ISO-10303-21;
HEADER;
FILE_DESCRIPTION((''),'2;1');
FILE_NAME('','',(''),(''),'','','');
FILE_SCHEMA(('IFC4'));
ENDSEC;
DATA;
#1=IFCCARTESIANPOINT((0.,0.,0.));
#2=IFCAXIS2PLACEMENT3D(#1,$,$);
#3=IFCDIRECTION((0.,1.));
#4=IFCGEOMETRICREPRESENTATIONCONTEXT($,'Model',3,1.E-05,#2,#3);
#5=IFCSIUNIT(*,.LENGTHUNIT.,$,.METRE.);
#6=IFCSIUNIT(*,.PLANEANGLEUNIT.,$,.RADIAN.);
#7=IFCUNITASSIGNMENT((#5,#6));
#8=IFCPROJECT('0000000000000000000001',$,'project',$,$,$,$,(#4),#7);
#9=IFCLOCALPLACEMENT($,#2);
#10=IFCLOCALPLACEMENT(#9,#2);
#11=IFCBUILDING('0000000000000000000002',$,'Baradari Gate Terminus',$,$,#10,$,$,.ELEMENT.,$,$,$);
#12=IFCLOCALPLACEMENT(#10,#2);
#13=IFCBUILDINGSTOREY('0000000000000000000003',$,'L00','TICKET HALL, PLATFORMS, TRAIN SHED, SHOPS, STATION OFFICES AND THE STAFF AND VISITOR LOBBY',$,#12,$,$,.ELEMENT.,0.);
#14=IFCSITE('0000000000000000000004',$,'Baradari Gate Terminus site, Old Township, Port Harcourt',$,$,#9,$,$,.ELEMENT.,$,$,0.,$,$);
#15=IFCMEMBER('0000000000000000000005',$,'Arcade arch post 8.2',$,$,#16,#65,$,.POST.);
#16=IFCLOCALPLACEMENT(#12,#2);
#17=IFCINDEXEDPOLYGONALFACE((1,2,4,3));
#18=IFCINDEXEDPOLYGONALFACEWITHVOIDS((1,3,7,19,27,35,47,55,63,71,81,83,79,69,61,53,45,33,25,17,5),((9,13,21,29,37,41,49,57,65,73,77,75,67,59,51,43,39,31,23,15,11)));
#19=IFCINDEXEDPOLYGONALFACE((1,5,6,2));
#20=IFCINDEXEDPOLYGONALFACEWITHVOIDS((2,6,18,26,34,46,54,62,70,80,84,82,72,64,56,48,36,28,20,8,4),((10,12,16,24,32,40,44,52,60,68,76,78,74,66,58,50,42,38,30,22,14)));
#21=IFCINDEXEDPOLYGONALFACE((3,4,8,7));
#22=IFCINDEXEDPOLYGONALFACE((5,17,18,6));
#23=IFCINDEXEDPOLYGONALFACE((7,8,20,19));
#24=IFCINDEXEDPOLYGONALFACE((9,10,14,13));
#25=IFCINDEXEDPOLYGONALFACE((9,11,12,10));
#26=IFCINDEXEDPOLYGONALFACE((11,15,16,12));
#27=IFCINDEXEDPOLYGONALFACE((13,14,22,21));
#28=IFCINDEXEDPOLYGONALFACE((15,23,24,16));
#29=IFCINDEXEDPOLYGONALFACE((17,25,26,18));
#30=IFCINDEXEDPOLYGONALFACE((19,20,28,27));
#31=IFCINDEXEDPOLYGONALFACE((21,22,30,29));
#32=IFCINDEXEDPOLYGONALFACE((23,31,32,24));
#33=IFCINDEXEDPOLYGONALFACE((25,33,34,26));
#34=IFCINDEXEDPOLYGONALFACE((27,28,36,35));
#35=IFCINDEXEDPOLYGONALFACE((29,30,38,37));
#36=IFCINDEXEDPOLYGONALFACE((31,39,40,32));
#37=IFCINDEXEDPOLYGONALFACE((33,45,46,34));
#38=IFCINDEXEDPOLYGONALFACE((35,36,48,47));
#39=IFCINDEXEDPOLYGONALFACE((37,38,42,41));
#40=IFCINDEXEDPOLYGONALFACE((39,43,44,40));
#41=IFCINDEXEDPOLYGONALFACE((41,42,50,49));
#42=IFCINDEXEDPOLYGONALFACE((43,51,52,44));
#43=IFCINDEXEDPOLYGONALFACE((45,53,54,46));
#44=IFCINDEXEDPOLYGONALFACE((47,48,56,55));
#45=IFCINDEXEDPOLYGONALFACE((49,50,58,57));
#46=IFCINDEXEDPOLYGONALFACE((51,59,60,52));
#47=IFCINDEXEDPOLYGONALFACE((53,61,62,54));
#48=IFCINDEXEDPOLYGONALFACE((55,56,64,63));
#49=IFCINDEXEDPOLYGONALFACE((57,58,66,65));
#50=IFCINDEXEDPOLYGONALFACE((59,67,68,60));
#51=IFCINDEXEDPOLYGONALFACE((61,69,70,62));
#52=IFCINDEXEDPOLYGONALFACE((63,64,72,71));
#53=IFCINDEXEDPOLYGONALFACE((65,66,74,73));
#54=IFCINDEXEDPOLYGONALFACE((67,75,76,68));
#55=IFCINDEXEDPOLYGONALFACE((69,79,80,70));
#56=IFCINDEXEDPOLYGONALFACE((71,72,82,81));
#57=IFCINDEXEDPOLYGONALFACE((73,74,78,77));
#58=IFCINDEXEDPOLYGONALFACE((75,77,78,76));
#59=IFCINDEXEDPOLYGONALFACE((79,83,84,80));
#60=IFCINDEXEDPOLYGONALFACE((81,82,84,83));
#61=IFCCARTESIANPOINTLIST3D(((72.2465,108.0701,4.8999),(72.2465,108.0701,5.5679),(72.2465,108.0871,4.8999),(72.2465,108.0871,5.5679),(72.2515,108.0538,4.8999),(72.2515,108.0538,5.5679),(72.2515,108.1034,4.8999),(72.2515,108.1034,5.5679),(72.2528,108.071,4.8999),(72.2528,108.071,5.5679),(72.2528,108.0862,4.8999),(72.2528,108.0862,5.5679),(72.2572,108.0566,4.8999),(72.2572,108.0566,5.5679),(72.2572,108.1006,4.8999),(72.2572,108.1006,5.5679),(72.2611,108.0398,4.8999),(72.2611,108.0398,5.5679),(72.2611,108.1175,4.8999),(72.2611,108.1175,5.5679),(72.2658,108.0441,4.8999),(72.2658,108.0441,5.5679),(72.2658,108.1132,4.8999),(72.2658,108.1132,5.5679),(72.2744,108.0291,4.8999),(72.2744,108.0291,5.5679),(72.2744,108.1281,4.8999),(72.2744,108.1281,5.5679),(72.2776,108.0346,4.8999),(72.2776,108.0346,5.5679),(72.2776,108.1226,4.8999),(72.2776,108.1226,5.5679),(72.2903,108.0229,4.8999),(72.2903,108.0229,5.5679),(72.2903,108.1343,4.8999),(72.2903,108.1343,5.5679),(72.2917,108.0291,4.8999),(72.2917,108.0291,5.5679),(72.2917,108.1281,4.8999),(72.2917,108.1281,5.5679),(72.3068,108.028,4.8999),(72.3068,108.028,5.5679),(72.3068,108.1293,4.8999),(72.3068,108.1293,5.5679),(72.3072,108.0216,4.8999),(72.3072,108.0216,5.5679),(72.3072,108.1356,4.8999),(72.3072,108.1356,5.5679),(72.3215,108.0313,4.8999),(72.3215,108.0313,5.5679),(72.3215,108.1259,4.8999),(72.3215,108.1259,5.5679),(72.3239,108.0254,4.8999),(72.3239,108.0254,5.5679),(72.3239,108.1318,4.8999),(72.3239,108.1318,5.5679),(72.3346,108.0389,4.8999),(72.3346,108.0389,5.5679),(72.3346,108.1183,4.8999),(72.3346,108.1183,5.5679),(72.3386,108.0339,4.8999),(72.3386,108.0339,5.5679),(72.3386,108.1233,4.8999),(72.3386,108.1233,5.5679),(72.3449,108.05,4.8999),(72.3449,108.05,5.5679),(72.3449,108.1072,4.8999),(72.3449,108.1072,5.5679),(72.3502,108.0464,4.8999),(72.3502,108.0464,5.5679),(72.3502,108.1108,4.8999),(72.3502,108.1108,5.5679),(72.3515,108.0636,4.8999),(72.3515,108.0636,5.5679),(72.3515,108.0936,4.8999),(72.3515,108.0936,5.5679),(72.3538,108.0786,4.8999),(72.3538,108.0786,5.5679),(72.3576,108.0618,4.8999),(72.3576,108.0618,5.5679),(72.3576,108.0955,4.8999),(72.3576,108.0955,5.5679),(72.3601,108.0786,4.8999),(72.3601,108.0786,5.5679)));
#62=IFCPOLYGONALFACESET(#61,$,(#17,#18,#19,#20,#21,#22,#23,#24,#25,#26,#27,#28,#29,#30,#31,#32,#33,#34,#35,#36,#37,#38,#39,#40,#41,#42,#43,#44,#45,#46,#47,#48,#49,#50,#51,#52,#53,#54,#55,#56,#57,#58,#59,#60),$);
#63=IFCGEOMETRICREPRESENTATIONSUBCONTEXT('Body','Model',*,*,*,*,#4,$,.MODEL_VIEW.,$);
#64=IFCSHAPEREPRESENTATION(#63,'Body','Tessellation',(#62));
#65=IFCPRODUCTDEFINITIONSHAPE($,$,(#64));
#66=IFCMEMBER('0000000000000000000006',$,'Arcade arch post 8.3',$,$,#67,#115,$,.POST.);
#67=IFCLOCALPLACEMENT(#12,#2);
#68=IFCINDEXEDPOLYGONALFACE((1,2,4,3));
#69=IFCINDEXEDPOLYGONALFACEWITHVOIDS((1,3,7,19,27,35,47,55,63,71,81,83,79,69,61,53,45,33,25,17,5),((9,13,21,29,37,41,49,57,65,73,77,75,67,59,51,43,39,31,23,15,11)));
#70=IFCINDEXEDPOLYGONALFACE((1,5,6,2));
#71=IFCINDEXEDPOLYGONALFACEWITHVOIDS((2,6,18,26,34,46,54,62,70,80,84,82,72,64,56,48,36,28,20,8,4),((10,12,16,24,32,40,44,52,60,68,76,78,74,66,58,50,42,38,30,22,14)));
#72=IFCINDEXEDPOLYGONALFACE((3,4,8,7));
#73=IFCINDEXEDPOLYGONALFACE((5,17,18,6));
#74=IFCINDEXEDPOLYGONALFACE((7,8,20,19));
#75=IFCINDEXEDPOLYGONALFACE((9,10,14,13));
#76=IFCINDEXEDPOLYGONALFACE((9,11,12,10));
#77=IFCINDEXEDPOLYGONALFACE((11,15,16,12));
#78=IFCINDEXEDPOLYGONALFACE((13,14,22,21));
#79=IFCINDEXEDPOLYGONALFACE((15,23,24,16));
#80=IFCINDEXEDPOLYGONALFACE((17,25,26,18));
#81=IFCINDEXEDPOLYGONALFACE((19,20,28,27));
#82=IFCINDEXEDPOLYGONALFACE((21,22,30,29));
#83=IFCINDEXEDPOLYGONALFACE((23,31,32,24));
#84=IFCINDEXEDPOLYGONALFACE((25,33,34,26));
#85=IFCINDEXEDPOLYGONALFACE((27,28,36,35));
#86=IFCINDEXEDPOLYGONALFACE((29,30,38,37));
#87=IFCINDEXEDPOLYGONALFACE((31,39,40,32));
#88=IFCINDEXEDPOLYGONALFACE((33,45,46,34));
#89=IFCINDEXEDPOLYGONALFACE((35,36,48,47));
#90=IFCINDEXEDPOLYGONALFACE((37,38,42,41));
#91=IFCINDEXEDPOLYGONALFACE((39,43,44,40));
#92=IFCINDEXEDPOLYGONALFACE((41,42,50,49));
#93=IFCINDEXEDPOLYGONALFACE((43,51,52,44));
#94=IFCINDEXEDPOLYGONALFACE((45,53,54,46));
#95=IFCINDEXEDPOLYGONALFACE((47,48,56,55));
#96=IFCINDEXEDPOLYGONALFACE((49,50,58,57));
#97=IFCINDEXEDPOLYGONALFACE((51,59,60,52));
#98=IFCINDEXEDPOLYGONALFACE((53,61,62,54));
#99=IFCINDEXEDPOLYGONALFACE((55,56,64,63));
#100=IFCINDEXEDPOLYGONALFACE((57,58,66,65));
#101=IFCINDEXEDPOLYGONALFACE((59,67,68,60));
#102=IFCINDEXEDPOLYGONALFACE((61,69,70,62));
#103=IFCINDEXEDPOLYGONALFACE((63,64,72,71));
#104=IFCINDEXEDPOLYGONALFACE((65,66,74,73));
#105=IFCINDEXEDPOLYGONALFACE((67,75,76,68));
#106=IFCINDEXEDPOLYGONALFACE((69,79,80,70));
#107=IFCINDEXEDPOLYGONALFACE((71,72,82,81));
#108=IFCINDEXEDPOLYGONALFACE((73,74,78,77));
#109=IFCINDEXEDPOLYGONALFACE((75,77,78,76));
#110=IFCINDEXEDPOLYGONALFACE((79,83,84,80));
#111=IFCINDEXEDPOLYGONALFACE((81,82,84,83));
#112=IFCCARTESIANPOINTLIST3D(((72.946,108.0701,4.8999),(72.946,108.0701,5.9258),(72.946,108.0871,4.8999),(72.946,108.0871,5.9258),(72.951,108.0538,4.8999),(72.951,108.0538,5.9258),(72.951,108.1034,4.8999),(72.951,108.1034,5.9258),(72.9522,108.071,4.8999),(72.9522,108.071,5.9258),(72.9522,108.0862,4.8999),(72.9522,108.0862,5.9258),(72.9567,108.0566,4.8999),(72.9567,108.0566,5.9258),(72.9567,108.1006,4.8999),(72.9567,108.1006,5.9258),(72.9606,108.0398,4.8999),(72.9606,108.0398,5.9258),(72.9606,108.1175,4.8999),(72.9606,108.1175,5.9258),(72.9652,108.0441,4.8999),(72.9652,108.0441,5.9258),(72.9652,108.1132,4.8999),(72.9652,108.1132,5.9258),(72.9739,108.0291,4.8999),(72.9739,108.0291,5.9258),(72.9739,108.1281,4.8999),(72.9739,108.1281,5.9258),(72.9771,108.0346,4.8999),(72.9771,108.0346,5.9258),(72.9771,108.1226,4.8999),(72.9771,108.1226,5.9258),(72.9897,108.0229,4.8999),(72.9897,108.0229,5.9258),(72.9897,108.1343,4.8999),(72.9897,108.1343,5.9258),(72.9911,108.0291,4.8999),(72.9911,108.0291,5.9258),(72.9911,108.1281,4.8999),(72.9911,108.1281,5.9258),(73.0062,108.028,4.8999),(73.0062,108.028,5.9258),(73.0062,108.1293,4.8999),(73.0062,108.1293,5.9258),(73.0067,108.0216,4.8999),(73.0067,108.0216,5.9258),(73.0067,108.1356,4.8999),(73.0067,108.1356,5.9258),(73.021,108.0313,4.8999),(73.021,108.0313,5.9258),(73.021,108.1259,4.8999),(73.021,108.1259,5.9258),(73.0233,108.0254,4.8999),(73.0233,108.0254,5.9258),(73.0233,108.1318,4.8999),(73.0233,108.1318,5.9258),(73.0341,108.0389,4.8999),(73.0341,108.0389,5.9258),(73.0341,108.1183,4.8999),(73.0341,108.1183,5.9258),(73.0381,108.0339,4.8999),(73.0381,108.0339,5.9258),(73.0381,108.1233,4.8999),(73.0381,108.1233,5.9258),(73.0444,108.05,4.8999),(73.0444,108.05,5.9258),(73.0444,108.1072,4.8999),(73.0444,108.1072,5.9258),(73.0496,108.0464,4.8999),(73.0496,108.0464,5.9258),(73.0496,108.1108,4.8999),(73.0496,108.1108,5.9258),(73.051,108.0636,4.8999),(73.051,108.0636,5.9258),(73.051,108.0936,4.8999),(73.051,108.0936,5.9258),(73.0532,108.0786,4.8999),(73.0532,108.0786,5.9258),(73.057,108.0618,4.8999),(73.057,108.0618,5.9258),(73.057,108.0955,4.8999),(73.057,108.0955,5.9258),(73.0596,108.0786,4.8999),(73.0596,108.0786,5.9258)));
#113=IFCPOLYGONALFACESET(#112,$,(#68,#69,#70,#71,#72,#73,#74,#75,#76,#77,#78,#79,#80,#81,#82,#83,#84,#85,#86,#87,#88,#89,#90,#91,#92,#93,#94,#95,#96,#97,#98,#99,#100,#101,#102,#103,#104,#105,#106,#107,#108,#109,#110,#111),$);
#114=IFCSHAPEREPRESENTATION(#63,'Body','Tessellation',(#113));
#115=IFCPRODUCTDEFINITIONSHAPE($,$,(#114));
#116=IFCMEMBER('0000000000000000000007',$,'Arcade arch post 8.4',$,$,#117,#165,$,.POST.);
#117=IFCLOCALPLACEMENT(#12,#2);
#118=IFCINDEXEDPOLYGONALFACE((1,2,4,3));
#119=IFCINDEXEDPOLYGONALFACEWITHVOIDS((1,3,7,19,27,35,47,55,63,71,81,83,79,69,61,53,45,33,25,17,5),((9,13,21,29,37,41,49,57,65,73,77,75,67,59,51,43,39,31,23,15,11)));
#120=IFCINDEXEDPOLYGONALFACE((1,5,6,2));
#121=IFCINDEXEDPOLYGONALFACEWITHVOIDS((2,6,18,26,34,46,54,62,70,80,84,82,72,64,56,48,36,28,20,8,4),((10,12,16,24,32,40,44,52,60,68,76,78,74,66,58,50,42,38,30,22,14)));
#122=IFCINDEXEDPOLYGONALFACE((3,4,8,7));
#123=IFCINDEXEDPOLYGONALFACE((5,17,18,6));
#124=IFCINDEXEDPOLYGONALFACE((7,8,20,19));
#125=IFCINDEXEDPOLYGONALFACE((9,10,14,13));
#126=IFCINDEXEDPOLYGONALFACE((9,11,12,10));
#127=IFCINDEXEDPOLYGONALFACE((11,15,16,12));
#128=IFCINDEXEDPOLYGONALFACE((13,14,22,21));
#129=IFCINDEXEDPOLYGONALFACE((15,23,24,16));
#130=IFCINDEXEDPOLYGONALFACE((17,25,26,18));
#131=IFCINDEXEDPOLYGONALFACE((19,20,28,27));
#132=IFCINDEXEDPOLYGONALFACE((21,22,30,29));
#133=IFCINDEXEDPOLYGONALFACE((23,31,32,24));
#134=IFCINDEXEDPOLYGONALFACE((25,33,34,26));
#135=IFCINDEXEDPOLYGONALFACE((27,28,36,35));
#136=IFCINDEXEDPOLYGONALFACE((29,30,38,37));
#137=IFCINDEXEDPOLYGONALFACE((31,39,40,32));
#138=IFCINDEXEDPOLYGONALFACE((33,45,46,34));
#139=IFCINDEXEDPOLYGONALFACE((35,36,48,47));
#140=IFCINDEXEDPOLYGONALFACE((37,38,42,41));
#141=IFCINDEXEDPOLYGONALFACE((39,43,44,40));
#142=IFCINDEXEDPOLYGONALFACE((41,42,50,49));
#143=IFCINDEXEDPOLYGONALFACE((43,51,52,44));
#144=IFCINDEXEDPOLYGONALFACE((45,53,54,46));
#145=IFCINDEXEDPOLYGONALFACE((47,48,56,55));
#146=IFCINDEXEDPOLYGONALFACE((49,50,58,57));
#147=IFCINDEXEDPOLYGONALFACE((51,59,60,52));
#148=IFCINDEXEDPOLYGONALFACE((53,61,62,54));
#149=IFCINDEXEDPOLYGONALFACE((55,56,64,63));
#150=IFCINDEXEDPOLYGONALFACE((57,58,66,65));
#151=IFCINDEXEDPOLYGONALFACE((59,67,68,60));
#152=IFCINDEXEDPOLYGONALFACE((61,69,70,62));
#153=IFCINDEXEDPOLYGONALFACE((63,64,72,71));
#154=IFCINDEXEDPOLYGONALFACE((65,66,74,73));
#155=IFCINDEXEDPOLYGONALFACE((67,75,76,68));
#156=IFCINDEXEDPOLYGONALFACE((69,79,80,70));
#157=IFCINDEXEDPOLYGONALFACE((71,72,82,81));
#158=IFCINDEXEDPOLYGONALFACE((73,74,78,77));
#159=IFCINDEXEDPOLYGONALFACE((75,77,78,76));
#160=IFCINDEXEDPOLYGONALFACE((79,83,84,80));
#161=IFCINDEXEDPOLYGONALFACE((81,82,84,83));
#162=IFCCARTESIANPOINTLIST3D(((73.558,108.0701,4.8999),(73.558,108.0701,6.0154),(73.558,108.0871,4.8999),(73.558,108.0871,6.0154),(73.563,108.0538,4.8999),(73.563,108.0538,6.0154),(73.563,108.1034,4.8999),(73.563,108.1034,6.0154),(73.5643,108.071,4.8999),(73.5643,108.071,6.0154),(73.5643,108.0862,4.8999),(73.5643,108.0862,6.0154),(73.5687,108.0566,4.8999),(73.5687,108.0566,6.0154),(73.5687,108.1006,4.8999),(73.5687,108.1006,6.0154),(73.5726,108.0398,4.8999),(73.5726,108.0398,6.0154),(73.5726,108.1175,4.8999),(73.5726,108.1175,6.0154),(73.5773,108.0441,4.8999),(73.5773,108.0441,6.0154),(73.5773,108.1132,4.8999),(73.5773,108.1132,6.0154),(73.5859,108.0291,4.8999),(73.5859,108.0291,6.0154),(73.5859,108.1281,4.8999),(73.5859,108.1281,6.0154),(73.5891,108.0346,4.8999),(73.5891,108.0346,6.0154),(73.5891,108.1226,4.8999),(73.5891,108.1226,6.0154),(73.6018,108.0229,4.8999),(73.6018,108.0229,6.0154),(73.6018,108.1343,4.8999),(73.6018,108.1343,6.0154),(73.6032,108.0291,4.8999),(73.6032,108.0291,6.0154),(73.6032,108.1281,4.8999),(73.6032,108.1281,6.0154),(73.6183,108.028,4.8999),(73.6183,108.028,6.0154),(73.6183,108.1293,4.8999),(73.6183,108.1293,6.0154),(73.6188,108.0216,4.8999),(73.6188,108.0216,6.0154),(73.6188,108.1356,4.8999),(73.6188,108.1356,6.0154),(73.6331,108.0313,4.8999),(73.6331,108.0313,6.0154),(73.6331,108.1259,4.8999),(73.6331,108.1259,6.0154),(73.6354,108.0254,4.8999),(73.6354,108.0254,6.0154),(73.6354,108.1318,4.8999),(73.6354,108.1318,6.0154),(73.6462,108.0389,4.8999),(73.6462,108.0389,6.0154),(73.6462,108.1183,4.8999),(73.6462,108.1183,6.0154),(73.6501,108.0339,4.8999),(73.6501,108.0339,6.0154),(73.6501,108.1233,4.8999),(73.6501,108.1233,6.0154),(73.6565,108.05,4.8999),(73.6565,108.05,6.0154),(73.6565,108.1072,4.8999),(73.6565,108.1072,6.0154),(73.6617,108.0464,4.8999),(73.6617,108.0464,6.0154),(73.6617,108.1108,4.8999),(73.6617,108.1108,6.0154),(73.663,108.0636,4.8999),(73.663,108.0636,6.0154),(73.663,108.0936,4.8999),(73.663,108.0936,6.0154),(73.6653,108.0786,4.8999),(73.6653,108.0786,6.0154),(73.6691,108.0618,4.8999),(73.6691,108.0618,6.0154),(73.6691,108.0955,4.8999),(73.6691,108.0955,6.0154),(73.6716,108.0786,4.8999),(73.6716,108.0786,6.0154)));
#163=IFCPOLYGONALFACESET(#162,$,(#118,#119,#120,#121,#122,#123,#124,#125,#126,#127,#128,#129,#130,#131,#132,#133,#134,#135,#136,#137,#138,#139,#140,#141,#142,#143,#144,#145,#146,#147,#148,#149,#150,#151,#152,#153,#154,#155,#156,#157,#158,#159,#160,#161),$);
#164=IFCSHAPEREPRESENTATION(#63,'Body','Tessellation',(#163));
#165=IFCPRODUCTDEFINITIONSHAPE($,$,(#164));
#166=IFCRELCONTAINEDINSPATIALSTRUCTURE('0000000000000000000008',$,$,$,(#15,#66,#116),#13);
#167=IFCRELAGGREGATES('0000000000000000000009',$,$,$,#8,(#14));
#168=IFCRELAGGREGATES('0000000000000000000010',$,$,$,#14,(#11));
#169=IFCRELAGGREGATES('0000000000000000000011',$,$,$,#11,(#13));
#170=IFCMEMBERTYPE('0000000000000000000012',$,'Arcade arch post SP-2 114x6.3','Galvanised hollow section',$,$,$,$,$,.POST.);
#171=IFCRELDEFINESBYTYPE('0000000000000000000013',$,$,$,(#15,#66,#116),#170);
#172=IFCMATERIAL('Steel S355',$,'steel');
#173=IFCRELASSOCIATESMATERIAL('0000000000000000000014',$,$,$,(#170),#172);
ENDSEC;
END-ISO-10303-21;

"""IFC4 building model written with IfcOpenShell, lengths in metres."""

from ifc_helpers import new_model, si_unit, direction, frame, origin, origin_2d, place, context, subcontext, project, spatial, hollow_circle, extrude, material, material_profile, profile_set, type_object, element, save


model = new_model("IFC4")

# Units and contexts
model_context = context("Model", 3, precision=1e-05, world=origin(), true_north=direction((0.0, 1.0)))
body_context = subcontext(model_context, "Body", "Model", "MODEL_VIEW")
ifc_project = project(units=[si_unit("LENGTHUNIT", "METRE"), si_unit("PLANEANGLEUNIT", "RADIAN")], contexts=[model_context])

# Site, building, storey
site_placement = place(None, origin())
site = spatial("IfcSite", under=ifc_project, at=site_placement, Name="Baradari Gate Terminus site, Old Township, Port Harcourt", CompositionType="ELEMENT", RefElevation=0.0)
building_placement = place(site_placement, origin())
building = spatial("IfcBuilding", under=site, at=building_placement, Name="Baradari Gate Terminus", CompositionType="ELEMENT")
storey_placement = place(building_placement, origin())
storey = spatial("IfcBuildingStorey", under=building, at=storey_placement, Name="L00", Description="TICKET HALL, PLATFORMS, TRAIN SHED, SHOPS, STATION OFFICES AND THE STAFF AND VISITOR LOBBY", CompositionType="ELEMENT", Elevation=0.0)

# Members
ifc_material_1 = material(Name="Steel S355", Category="steel")
ifc_material_profile_1 = material_profile(ifc_material_1, hollow_circle(Radius=0.0571, WallThickness=0.0063, at=origin_2d()), Name="CHS 114.3x6.3")
ifc_profile_set_1 = profile_set([ifc_material_profile_1], Name="Steel S355")
member_type = type_object("IfcMemberType", Name="Arcade arch post SP-2 114x6.3", Description="Galvanised hollow section", PredefinedType="POST", material=ifc_profile_set_1)
member_1_placement = place(storey_placement, frame((72.303, 108.0786, 4.8999), z_axis=(0.0, 0.0, 1.0), x_axis=(1.0, 0.0, 0.0)))
element("IfcMember", 1, at=member_1_placement, inside=storey, type_object=member_type, Name="Arcade arch post 8.2", PredefinedType="POST", context=body_context, shape_type="SweptSolid", body=[
    extrude(hollow_circle(Radius=0.0571, WallThickness=0.0063, at=origin_2d()), origin(), (0.0, 0.0, 1.0), 0.668),
])
member_2_placement = place(storey_placement, frame((73.0024, 108.0786, 4.8999), z_axis=(0.0, 0.0, 1.0), x_axis=(1.0, 0.0, 0.0)))
element("IfcMember", 2, at=member_2_placement, inside=storey, type_object=member_type, Name="Arcade arch post 8.3", PredefinedType="POST", context=body_context, shape_type="SweptSolid", body=[
    extrude(hollow_circle(Radius=0.0571, WallThickness=0.0063, at=origin_2d()), origin(), (0.0, 0.0, 1.0), 1.0259),
])
member_3_placement = place(storey_placement, frame((73.6145, 108.0786, 4.8999), z_axis=(0.0, 0.0, 1.0), x_axis=(1.0, 0.0, 0.0)))
element("IfcMember", 3, at=member_3_placement, inside=storey, type_object=member_type, Name="Arcade arch post 8.4", PredefinedType="POST", context=body_context, shape_type="SweptSolid", body=[
    extrude(hollow_circle(Radius=0.0571, WallThickness=0.0063, at=origin_2d()), origin(), (0.0, 0.0, 1.0), 1.1155),
])

save(model, "model.ifc")
